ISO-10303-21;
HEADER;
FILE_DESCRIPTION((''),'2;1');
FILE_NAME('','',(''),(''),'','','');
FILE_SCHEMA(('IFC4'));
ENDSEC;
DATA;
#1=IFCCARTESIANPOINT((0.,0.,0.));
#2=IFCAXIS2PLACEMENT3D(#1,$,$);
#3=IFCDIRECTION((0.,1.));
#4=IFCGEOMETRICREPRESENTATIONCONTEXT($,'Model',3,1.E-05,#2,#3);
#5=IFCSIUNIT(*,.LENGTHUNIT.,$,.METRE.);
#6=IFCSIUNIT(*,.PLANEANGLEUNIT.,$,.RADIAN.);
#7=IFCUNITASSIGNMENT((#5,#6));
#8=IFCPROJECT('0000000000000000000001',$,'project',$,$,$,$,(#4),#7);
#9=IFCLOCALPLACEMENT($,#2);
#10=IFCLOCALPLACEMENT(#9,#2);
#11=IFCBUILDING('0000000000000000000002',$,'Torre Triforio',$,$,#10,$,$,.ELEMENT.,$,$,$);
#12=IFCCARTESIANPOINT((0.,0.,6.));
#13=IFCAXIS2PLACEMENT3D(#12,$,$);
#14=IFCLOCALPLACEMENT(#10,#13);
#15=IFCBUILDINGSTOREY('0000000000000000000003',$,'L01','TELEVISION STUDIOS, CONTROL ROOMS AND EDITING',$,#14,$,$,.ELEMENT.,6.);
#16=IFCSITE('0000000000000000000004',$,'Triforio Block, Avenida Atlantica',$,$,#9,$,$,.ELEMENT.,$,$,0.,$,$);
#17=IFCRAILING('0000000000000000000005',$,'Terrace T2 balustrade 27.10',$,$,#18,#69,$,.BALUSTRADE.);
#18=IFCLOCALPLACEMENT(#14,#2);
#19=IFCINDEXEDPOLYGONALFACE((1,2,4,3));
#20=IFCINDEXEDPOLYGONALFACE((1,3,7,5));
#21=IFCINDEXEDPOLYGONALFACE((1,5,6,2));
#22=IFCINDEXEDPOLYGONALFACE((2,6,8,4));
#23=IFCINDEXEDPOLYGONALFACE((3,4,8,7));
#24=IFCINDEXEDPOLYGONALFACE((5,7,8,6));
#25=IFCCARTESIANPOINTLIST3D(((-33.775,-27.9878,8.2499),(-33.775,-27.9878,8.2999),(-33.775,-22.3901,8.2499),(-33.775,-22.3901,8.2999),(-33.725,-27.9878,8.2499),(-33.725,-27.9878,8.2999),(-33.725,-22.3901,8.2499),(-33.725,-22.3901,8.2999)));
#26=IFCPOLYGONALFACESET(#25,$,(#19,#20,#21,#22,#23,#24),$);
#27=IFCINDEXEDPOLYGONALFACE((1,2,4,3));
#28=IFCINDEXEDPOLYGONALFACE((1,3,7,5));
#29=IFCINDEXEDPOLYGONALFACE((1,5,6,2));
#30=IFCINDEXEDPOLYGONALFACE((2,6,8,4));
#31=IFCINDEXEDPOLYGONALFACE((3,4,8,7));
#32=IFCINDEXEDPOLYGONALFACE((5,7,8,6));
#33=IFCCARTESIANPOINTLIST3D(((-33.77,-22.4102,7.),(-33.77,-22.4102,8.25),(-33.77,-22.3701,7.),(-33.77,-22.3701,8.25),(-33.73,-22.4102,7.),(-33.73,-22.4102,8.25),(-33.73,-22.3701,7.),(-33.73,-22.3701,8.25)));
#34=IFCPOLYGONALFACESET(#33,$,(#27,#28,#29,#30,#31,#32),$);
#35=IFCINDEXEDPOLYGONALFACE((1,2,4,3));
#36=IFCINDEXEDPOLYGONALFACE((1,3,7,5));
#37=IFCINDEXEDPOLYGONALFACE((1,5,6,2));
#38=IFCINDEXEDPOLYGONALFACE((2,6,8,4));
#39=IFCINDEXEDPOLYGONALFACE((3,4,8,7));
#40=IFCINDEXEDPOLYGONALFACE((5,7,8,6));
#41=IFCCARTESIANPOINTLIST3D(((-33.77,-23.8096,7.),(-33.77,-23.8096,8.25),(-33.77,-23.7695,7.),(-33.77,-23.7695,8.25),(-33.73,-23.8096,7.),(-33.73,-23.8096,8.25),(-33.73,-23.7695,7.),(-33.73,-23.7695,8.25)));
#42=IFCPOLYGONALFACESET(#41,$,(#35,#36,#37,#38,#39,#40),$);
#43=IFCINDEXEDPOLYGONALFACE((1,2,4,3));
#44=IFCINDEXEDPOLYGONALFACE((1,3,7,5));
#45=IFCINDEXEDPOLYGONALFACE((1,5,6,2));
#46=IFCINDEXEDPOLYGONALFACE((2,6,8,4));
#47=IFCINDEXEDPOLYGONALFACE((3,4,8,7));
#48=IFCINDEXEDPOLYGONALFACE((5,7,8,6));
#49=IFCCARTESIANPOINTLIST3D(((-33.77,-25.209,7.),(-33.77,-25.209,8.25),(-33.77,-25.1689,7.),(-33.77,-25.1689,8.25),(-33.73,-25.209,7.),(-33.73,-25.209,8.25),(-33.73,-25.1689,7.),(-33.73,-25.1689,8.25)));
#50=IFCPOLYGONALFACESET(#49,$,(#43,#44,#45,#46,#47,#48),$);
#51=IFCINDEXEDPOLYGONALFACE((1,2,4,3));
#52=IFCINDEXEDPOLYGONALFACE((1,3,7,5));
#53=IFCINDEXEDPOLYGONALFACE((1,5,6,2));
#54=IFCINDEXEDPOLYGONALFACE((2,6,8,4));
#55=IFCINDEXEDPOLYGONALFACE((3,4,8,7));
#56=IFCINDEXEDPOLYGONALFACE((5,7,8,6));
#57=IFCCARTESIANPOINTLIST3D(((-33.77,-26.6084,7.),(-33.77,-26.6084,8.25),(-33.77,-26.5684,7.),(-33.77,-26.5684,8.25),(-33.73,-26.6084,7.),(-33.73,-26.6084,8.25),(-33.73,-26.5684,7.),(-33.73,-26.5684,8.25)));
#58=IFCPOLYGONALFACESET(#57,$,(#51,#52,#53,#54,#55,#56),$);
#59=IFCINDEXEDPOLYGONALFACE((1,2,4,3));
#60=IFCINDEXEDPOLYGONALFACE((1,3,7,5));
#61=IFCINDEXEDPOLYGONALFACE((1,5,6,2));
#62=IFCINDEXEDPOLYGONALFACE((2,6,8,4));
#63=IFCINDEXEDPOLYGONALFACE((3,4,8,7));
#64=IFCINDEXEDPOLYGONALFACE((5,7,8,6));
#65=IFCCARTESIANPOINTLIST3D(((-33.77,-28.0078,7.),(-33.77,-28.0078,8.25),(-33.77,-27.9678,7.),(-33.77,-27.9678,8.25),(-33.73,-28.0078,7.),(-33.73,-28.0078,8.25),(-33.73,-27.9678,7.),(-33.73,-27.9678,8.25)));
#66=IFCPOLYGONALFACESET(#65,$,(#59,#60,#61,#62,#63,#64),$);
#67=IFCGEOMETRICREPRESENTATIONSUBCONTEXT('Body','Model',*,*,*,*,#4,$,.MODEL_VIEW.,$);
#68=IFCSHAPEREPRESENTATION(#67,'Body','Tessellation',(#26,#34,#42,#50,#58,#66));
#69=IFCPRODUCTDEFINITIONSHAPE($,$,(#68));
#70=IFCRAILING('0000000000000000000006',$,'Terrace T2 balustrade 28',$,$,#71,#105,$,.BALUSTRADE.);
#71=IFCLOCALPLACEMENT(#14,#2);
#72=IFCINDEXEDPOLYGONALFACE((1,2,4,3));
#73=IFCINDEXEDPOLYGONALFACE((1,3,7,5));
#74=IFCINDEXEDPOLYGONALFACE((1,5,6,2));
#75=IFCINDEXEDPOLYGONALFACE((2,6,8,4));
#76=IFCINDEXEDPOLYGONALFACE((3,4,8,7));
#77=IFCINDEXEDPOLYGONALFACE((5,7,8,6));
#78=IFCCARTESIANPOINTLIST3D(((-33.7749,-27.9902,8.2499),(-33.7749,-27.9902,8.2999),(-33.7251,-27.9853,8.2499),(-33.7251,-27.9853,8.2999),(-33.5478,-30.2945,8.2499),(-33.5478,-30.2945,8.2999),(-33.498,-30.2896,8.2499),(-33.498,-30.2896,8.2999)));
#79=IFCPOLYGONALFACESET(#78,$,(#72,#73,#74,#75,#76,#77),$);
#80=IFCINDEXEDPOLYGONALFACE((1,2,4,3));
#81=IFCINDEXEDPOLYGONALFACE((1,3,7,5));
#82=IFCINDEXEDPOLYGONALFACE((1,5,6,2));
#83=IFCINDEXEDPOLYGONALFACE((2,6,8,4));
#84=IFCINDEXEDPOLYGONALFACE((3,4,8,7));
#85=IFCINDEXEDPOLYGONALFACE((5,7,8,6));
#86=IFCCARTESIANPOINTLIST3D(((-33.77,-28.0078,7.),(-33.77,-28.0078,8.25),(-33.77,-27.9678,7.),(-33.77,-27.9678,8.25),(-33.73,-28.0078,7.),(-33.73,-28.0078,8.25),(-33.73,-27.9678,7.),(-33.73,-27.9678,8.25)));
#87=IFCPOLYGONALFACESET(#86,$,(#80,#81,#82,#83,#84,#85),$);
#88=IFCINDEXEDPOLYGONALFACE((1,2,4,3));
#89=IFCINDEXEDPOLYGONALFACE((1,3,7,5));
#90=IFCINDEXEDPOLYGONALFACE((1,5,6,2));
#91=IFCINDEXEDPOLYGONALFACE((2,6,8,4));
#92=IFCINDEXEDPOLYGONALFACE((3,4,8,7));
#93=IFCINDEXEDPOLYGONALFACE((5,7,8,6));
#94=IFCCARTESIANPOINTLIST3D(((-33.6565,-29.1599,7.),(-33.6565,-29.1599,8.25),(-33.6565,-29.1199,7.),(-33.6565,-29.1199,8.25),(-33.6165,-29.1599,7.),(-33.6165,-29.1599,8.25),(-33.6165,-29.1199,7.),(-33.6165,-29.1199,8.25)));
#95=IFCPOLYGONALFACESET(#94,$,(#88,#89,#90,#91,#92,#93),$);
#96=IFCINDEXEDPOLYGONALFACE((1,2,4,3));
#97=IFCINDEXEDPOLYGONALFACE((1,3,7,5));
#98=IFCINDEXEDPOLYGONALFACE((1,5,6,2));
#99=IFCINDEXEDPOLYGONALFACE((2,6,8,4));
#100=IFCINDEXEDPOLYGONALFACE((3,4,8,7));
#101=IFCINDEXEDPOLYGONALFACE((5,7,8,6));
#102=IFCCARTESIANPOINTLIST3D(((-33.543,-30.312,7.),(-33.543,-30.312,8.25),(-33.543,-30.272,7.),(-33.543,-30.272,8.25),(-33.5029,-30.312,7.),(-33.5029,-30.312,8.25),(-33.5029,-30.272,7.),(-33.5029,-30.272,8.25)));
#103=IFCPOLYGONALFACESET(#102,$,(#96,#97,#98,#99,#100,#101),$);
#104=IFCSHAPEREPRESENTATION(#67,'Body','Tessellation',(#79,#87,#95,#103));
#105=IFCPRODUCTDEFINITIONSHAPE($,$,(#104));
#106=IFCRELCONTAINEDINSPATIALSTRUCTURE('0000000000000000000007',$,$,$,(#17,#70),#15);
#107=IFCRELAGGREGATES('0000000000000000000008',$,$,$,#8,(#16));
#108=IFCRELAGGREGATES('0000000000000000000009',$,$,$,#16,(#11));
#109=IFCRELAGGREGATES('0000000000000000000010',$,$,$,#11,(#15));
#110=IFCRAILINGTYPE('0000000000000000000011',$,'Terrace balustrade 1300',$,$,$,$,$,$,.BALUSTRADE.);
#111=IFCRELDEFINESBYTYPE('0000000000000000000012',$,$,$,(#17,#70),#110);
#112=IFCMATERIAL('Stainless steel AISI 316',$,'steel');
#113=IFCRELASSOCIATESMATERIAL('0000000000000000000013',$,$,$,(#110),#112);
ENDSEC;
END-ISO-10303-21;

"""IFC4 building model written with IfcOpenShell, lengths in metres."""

from ifc_helpers import new_model, si_unit, direction, frame, origin, origin_2d, place, context, subcontext, project, spatial, rectangle, extrude, material, type_object, element, save


model = new_model("IFC4")

# Units and contexts
model_context = context("Model", 3, precision=1e-05, world=origin(), true_north=direction((0.0, 1.0)))
body_context = subcontext(model_context, "Body", "Model", "MODEL_VIEW")
ifc_project = project(units=[si_unit("LENGTHUNIT", "METRE"), si_unit("PLANEANGLEUNIT", "RADIAN")], contexts=[model_context])

# Site, building, storey
site_placement = place(None, origin())
site = spatial("IfcSite", under=ifc_project, at=site_placement, Name="Triforio Block, Avenida Atlantica", CompositionType="ELEMENT", RefElevation=0.0)
building_placement = place(site_placement, origin())
building = spatial("IfcBuilding", under=site, at=building_placement, Name="Torre Triforio", CompositionType="ELEMENT")
storey_placement = place(building_placement, frame((0.0, 0.0, 6.0)))
storey = spatial("IfcBuildingStorey", under=building, at=storey_placement, Name="L01", Description="TELEVISION STUDIOS, CONTROL ROOMS AND EDITING", CompositionType="ELEMENT", Elevation=6.0)

# Railings
ifc_material_1 = material(Name="Stainless steel AISI 316", Category="steel")
railing_type = type_object("IfcRailingType", Name="Terrace balustrade 1300", PredefinedType="BALUSTRADE", material=ifc_material_1)
for number, where, name in (
    (1, (-33.75, -22.3901, 7.0), "Terrace T2 balustrade 27.10"),
):
    element("IfcRailing", number, at=place(storey_placement, frame(where)), inside=storey, type_object=railing_type, Name=name, PredefinedType="BALUSTRADE", context=body_context, shape_type="SweptSolid", body=[
        extrude(rectangle(XDim=0.05, YDim=0.05, at=origin_2d()), frame((0.0, 0.0, 1.2749), z_axis=(0.0, -1.0, 0.0), x_axis=(1.0, 0.0, 0.0)), (0.0, 0.0, 1.0), 5.5977),
        extrude(rectangle(XDim=0.04, YDim=0.04, at=origin_2d()), origin(), (0.0, 0.0, 1.0), 1.25),
        extrude(rectangle(XDim=0.04, YDim=0.04, at=origin_2d()), frame((0.0, -1.3994, 0.0)), (0.0, 0.0, 1.0), 1.25),
        extrude(rectangle(XDim=0.04, YDim=0.04, at=origin_2d()), frame((0.0, -2.7988, 0.0)), (0.0, 0.0, 1.0), 1.25),
        extrude(rectangle(XDim=0.04, YDim=0.04, at=origin_2d()), frame((0.0, -4.1982, 0.0)), (0.0, 0.0, 1.0), 1.25),
        extrude(rectangle(XDim=0.04, YDim=0.04, at=origin_2d()), frame((0.0, -5.5977, 0.0)), (0.0, 0.0, 1.0), 1.25),
    ])
railing_placement = place(storey_placement, frame((-33.75, -27.9878, 7.0)))
element("IfcRailing", 2, at=railing_placement, inside=storey, type_object=railing_type, Name="Terrace T2 balustrade 28", PredefinedType="BALUSTRADE", context=body_context, shape_type="SweptSolid", body=[
    extrude(rectangle(XDim=0.05, YDim=0.05, at=origin_2d()), frame((0.0, 0.0, 1.2749), z_axis=(0.098063, -0.99518, 0.0), x_axis=(0.99518, 0.098063, 0.0)), (0.0, 0.0, 1.0), 2.3154),
    extrude(rectangle(XDim=0.04, YDim=0.04, at=origin_2d()), origin(), (0.0, 0.0, 1.0), 1.25),
    extrude(rectangle(XDim=0.04, YDim=0.04, at=origin_2d()), frame((0.1135, -1.1521, 0.0)), (0.0, 0.0, 1.0), 1.25),
    extrude(rectangle(XDim=0.04, YDim=0.04, at=origin_2d()), frame((0.2271, -2.3042, 0.0)), (0.0, 0.0, 1.0), 1.25),
])

save(model, "model.ifc")
